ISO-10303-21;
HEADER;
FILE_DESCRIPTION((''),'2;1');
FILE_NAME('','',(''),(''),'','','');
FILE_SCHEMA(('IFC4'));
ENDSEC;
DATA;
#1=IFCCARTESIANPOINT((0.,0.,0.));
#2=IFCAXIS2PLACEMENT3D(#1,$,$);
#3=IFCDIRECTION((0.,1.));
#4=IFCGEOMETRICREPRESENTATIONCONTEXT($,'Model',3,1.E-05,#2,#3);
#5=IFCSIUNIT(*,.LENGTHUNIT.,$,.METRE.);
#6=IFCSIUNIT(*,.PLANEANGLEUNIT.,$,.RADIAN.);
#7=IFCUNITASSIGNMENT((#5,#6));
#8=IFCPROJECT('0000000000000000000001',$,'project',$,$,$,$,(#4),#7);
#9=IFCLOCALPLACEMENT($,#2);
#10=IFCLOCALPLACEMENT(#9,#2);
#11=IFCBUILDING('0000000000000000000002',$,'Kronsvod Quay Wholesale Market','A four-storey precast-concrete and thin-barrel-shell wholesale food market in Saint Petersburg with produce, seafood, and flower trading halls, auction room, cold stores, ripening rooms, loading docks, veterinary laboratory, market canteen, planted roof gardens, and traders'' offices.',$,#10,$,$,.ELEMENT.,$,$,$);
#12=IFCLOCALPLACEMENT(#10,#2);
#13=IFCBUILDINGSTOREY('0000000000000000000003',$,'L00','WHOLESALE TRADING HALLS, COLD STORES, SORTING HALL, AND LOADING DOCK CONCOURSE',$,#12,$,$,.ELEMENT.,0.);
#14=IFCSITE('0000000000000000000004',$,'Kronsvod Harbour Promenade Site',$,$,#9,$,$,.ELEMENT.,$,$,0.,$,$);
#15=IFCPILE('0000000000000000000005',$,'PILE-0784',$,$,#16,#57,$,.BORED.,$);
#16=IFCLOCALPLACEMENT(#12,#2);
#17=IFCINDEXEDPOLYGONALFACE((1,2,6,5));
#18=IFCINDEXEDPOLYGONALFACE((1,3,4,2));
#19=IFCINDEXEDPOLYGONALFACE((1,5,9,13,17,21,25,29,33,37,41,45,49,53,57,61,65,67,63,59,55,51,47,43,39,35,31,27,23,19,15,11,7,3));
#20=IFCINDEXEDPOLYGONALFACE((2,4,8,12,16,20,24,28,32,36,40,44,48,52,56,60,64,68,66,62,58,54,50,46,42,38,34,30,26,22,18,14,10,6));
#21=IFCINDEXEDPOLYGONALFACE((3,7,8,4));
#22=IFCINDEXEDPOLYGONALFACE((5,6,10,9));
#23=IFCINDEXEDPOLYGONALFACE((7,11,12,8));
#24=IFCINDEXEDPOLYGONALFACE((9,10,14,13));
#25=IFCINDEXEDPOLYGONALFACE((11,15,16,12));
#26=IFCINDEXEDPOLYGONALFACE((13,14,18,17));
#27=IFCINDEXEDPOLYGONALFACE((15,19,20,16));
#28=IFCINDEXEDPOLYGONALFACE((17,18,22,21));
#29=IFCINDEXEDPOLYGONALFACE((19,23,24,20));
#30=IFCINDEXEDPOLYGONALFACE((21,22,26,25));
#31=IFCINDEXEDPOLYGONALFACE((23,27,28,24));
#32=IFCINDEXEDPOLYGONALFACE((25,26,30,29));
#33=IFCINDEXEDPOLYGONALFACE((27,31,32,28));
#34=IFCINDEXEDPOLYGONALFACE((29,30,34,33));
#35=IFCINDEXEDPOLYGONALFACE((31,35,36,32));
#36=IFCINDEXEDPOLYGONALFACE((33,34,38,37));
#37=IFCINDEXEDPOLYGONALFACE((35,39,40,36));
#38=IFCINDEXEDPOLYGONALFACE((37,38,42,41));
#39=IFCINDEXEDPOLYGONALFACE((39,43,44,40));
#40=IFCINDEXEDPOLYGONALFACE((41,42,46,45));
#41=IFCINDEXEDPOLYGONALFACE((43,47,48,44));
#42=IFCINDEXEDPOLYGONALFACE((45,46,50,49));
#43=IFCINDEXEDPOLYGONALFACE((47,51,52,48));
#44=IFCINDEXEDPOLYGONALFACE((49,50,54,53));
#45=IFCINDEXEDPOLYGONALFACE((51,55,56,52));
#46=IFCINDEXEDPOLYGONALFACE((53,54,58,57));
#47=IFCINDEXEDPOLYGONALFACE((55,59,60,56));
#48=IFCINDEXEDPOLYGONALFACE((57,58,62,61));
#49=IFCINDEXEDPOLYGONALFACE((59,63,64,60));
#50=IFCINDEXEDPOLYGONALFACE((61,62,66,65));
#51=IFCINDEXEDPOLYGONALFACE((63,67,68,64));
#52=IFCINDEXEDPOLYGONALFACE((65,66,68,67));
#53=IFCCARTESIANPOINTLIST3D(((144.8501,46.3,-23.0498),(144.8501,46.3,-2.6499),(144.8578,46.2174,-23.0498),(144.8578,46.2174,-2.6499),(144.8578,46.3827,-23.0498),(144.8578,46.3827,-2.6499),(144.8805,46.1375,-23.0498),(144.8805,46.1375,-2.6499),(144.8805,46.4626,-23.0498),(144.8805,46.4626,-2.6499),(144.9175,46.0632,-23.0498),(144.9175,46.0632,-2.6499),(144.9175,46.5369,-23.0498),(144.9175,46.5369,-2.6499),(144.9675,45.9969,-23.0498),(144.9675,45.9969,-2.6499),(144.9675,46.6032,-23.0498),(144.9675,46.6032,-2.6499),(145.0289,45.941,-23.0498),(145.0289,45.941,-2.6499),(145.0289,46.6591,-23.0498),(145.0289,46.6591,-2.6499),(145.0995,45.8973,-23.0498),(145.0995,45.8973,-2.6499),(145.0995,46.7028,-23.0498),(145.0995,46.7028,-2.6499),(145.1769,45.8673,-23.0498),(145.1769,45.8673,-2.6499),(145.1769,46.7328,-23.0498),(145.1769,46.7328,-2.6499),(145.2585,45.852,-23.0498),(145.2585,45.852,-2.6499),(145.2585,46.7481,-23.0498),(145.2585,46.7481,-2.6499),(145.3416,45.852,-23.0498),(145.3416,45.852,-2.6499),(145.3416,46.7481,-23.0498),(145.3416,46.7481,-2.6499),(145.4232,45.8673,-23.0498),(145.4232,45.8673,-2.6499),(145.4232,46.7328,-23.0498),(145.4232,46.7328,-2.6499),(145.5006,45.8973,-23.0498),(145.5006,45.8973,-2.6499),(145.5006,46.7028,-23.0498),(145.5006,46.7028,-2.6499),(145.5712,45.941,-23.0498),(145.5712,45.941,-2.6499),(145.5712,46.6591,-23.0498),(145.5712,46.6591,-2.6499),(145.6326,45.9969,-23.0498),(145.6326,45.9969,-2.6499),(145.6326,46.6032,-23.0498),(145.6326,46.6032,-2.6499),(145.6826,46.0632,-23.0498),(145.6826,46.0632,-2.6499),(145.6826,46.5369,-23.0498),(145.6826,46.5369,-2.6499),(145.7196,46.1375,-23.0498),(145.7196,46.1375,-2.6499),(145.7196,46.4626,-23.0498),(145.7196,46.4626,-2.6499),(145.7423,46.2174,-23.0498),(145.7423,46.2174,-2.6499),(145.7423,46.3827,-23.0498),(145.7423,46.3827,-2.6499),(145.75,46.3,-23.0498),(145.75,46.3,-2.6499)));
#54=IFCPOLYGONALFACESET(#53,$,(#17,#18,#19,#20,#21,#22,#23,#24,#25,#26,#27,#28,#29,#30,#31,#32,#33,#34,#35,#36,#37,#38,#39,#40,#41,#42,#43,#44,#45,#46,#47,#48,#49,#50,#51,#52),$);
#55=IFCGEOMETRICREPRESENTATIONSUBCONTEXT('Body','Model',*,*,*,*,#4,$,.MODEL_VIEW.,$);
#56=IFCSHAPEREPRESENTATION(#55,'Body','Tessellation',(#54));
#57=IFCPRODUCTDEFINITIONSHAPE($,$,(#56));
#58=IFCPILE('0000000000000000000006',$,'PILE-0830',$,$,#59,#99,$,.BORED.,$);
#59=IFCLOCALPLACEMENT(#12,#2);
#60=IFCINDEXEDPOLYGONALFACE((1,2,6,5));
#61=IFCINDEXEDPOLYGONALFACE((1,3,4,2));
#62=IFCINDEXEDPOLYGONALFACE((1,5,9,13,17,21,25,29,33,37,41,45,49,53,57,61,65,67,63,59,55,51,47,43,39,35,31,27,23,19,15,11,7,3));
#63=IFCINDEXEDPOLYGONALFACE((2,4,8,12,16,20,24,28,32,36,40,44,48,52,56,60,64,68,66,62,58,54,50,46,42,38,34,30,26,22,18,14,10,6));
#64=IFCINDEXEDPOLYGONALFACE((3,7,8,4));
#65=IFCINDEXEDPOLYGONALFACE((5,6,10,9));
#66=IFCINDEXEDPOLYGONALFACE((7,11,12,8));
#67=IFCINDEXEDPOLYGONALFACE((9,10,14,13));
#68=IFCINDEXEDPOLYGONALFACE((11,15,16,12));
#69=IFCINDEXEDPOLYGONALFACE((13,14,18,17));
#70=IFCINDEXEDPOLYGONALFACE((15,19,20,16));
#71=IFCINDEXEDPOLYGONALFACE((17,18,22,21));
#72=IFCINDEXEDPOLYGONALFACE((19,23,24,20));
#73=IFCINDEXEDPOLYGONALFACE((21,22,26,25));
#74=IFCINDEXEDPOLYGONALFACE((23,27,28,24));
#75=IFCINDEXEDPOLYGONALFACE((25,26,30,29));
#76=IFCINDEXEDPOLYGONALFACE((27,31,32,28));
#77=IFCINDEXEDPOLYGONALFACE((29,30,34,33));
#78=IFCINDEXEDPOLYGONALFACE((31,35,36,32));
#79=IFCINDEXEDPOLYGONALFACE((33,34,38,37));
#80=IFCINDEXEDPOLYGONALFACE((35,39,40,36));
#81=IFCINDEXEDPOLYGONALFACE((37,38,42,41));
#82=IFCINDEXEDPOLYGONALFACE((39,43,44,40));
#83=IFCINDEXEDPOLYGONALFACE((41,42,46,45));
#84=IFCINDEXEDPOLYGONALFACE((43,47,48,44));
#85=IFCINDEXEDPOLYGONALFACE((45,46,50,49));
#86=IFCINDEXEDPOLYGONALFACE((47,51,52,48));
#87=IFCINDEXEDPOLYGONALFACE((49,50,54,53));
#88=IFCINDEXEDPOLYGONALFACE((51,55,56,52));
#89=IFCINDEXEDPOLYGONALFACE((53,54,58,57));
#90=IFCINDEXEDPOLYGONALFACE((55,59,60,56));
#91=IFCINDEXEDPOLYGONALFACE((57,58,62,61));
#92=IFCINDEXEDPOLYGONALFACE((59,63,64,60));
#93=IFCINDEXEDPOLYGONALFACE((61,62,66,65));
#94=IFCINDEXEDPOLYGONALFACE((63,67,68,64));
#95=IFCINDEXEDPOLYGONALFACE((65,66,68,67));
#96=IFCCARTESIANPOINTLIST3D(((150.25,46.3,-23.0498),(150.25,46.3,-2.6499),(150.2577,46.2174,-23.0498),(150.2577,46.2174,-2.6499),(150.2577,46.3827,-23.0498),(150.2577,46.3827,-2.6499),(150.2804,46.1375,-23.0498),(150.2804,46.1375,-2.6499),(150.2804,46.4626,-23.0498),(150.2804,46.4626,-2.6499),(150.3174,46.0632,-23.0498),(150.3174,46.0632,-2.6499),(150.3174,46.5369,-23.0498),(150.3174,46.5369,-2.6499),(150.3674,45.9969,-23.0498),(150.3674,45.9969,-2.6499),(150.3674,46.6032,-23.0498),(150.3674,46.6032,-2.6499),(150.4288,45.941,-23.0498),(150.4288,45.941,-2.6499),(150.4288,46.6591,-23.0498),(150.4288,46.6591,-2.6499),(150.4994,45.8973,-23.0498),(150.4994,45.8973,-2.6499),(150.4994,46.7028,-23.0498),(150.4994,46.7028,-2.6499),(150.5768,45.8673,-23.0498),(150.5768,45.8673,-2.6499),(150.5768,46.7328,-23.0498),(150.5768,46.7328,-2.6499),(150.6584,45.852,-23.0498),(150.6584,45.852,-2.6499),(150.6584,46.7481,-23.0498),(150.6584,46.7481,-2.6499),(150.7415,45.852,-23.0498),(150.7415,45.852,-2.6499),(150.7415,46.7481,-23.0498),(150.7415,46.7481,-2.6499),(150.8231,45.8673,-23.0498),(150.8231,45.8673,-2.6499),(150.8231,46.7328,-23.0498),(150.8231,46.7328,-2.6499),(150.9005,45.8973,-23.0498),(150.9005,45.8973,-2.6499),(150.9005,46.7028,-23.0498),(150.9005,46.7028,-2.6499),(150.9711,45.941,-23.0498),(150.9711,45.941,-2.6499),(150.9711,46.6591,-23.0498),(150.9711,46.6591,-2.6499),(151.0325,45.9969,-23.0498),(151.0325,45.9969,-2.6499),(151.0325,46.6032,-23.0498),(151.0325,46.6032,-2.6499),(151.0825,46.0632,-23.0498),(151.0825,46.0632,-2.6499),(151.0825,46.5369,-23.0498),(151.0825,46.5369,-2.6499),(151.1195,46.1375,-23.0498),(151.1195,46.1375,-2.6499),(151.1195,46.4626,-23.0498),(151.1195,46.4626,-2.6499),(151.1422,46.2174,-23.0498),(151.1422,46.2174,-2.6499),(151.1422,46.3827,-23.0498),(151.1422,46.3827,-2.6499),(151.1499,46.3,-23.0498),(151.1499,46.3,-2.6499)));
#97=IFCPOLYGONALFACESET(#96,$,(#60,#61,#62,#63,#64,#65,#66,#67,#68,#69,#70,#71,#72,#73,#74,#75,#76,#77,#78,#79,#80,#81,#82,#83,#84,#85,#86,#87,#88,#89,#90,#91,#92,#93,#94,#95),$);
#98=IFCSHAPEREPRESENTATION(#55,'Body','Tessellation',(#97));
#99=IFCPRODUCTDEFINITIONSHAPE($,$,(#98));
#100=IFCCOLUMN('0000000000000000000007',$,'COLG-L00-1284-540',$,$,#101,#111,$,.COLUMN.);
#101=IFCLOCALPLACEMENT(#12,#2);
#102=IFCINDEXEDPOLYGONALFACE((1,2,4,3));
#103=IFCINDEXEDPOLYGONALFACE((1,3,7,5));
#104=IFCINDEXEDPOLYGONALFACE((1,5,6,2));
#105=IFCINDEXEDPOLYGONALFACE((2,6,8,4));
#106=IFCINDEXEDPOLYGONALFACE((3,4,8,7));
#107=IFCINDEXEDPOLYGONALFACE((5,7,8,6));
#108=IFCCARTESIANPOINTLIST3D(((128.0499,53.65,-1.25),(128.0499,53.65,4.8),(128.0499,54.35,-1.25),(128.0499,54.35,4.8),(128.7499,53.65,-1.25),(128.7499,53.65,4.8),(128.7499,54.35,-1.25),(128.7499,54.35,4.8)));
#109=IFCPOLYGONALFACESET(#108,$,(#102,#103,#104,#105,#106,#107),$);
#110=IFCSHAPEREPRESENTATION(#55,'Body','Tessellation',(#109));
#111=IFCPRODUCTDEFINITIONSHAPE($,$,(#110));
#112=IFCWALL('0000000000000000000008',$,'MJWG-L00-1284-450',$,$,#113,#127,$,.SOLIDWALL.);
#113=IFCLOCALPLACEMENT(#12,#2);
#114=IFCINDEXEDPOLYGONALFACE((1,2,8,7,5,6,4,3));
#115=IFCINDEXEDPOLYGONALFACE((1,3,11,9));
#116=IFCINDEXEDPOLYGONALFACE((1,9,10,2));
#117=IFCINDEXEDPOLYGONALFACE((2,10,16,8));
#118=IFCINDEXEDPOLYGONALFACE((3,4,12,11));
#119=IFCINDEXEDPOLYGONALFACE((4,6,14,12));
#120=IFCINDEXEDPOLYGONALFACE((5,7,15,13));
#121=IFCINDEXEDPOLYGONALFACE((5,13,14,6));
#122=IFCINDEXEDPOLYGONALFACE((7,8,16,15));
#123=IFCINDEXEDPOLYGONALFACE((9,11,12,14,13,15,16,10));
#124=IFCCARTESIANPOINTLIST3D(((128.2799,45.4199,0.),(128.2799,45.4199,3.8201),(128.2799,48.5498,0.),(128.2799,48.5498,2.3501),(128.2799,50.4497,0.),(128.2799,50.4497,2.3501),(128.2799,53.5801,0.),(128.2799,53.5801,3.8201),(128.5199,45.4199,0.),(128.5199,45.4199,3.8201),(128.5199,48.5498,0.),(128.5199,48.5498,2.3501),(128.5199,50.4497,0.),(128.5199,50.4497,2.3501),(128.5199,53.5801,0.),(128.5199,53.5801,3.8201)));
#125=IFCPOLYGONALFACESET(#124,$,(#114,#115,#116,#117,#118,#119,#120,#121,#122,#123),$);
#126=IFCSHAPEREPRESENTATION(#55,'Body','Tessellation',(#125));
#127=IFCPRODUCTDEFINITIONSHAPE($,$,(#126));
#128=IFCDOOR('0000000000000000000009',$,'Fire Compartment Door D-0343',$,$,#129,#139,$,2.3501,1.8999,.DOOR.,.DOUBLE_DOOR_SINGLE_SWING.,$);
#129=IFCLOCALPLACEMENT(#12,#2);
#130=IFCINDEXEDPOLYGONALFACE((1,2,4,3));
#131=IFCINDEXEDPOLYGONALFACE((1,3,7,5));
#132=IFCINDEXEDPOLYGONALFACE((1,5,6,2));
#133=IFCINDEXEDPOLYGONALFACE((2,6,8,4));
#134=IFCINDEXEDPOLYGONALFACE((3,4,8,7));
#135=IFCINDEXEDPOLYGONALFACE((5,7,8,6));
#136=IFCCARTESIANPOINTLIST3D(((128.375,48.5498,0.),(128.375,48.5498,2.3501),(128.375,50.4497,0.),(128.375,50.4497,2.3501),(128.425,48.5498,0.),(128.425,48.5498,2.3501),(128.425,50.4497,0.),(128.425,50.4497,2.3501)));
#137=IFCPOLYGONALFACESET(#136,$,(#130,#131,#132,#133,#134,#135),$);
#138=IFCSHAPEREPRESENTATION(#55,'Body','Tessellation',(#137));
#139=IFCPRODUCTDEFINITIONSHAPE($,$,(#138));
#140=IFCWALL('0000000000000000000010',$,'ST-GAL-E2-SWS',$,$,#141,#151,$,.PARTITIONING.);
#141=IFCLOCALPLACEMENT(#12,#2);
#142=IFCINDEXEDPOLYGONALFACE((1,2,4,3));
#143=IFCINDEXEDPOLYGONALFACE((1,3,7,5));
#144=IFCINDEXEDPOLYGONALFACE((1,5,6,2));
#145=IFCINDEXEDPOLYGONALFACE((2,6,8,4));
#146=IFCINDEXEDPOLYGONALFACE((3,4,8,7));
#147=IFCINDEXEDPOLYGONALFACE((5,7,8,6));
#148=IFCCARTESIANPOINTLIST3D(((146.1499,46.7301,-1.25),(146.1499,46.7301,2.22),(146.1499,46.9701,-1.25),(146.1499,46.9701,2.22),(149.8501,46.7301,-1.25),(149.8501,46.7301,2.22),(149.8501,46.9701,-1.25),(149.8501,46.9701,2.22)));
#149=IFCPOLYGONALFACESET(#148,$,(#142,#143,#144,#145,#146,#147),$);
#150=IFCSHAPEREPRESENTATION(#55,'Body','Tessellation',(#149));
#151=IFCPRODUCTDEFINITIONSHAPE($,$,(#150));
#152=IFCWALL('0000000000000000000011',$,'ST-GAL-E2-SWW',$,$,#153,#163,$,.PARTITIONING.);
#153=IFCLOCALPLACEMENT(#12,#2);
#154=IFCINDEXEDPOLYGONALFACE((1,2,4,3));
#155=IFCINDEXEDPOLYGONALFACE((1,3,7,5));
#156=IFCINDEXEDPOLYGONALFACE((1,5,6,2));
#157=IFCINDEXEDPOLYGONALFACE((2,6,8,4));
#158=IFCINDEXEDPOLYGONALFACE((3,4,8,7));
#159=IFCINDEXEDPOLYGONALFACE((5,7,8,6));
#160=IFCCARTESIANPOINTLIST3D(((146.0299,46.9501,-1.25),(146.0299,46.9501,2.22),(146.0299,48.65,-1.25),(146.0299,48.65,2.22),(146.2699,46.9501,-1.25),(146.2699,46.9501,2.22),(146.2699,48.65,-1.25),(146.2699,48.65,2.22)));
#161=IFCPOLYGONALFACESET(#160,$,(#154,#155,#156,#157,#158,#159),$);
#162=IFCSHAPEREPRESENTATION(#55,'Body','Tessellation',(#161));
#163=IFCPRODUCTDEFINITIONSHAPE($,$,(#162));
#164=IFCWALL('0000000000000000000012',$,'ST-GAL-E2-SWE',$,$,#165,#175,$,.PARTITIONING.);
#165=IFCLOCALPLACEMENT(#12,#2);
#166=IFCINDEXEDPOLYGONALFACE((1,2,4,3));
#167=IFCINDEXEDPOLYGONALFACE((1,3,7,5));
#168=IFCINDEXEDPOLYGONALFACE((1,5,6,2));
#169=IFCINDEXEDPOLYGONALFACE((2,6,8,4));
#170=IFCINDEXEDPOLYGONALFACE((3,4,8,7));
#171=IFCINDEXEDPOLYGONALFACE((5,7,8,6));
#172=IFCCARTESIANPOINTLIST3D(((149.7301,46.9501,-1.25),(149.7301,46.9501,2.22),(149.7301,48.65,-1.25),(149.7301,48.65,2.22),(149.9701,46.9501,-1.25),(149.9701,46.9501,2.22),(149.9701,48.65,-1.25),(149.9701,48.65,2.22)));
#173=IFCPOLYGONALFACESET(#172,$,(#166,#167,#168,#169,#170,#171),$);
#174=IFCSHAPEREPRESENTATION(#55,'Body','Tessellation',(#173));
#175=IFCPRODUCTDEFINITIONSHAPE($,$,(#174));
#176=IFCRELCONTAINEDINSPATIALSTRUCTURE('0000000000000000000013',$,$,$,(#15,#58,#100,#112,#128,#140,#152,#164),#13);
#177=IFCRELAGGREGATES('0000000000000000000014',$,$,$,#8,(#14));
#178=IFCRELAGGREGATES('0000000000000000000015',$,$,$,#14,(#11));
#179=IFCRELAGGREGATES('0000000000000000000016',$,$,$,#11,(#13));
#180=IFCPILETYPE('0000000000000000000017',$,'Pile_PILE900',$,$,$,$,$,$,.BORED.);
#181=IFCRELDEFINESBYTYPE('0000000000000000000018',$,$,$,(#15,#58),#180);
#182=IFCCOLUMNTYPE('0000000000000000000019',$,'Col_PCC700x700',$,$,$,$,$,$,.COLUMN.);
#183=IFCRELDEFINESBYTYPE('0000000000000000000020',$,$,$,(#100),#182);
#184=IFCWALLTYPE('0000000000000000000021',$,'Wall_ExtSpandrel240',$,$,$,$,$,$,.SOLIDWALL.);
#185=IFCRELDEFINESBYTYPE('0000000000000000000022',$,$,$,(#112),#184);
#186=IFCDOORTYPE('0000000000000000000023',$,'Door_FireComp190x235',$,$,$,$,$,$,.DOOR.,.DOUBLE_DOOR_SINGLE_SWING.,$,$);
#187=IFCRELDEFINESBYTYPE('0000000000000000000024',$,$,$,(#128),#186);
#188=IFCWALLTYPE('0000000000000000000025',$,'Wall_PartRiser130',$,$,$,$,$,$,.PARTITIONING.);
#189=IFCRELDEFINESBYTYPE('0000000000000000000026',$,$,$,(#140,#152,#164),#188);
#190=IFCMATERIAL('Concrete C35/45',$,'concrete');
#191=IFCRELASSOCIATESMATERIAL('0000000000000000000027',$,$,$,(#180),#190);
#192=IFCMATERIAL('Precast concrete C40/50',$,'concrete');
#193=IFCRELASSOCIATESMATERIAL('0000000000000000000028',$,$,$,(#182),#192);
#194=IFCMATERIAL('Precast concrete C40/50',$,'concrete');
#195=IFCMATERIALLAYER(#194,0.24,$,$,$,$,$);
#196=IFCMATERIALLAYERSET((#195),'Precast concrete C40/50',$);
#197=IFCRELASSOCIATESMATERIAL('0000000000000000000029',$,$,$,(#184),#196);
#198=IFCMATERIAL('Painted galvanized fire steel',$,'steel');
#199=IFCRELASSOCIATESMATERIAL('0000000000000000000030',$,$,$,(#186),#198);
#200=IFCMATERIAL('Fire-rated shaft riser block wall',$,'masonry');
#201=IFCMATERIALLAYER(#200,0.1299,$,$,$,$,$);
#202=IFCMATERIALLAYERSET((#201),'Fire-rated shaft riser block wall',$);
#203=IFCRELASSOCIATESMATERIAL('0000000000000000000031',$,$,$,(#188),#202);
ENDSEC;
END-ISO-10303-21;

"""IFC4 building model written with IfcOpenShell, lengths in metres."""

from ifc_helpers import new_model, si_unit, direction, frame, frame_2d, origin, origin_2d, place, context, subcontext, project, spatial, rectangle, circle, extrude, material, layer, layer_set, material_profile, profile_set, type_object, element, fill, save


model = new_model("IFC4")

# Units and contexts
model_context = context("Model", 3, precision=1e-05, world=origin(), true_north=direction((0.0, 1.0)))
body_context = subcontext(model_context, "Body", "Model", "MODEL_VIEW")
ifc_project = project(units=[si_unit("LENGTHUNIT", "METRE"), si_unit("PLANEANGLEUNIT", "RADIAN")], contexts=[model_context])

# Site, building, storey
site_placement = place(None, origin())
site = spatial("IfcSite", under=ifc_project, at=site_placement, Name="Kronsvod Harbour Promenade Site", CompositionType="ELEMENT", RefElevation=0.0)
building_placement = place(site_placement, origin())
building = spatial("IfcBuilding", under=site, at=building_placement, Name="Kronsvod Quay Wholesale Market", Description="A four-storey precast-concrete and thin-barrel-shell wholesale food market in Saint Petersburg with produce, seafood, and flower trading halls, auction room, cold stores, ripening rooms, loading docks, veterinary laboratory, market canteen, planted roof gardens, and traders' offices.", CompositionType="ELEMENT")
storey_placement = place(building_placement, origin())
storey = spatial("IfcBuildingStorey", under=building, at=storey_placement, Name="L00", Description="WHOLESALE TRADING HALLS, COLD STORES, SORTING HALL, AND LOADING DOCK CONCOURSE", CompositionType="ELEMENT", Elevation=0.0)

# Piles
ifc_material_1 = material(Name="Concrete C35/45", Category="concrete")
ifc_material_profile_1 = material_profile(ifc_material_1, circle(Radius=0.45, at=origin_2d()), Name="PILE900")
ifc_profile_set_1 = profile_set([ifc_material_profile_1], Name="Concrete C35/45")
pile_type_1 = type_object("IfcPileType", Name="Pile_PILE900", PredefinedType="BORED", material=ifc_profile_set_1)
for number, where, z_axis, x_axis, name in (
    (1, (145.3, 46.3, -2.6499), (0.0, 0.0, -1.0), (1.0, 0.0, 0.0), "PILE-0784"),
    (2, (150.7, 46.3, -2.6499), (0.0, 0.0, -1.0), (1.0, 0.0, 0.0), "PILE-0830"),
):
    element("IfcPile", number, at=place(storey_placement, frame(where, z_axis=z_axis, x_axis=x_axis)), inside=storey, type_object=pile_type_1, Name=name, PredefinedType="BORED", context=body_context, shape_type="SweptSolid", body=[
        extrude(circle(Radius=0.45, at=origin_2d()), origin(), (0.0, 0.0, 1.0), 20.3999),
    ])

# Column
ifc_material_2 = material(Name="Precast concrete C40/50", Category="concrete")
ifc_material_profile_2 = material_profile(ifc_material_2, rectangle(XDim=0.7, YDim=0.7, at=origin_2d()), Name="PCC700x700")
ifc_profile_set_2 = profile_set([ifc_material_profile_2], Name="Precast concrete C40/50")
column_type = type_object("IfcColumnType", Name="Col_PCC700x700", PredefinedType="COLUMN", material=ifc_profile_set_2)
column_placement = place(storey_placement, frame((128.3999, 54.0, -1.25), z_axis=(0.0, 0.0, 1.0), x_axis=(1.0, 0.0, 0.0)))
element("IfcColumn", 3, at=column_placement, inside=storey, type_object=column_type, Name="COLG-L00-1284-540", PredefinedType="COLUMN", context=body_context, shape_type="SweptSolid", body=[
    extrude(rectangle(XDim=0.7, YDim=0.7, at=origin_2d()), origin(), (0.0, 0.0, 1.0), 6.05),
])

# Wall, opening, door
ifc_material_3 = material(Name="Precast concrete C40/50", Category="concrete")
ifc_layer_1 = layer(ifc_material_3, 0.24)
ifc_layer_set_1 = layer_set([ifc_layer_1], Name="Precast concrete C40/50")
wall_type_1 = type_object("IfcWallType", Name="Wall_ExtSpandrel240", PredefinedType="SOLIDWALL", material=ifc_layer_set_1)
wall_1_placement = place(storey_placement, frame((128.3999, 45.4199, 0.0), z_axis=(0.0, 0.0, 1.0), x_axis=(0.0, 1.0, 0.0)))
wall_1 = element("IfcWall", 4, at=wall_1_placement, inside=storey, type_object=wall_type_1, Name="MJWG-L00-1284-450", PredefinedType="SOLIDWALL", context=body_context, shape_type="SweptSolid", body=[
    extrude(rectangle(XDim=8.1602, YDim=0.24, at=frame_2d((4.0801, 0.0))), origin(), (0.0, 0.0, 1.0), 3.8201),
])
opening_placement = place(wall_1_placement, frame((3.1299, 0.0, 0.0)))
opening = element("IfcOpeningElement", 5, at=opening_placement, cuts=wall_1, PredefinedType="OPENING", context=body_context, shape_type="SweptSolid", body=[
    extrude(rectangle(XDim=1.8999, YDim=2.3501, at=frame_2d((0.95, 1.175))), frame((0.0, 0.1299, 0.0), z_axis=(0.0, -1.0, 0.0), x_axis=(1.0, 0.0, 0.0)), (0.0, 0.0, 1.0), 0.26),
])
ifc_material_4 = material(Name="Painted galvanized fire steel", Category="steel")
door_type = type_object("IfcDoorType", Name="Door_FireComp190x235", OperationType="DOUBLE_DOOR_SINGLE_SWING", PredefinedType="DOOR", material=ifc_material_4)
door_placement = place(opening_placement, origin())
door = element("IfcDoor", 6, at=door_placement, inside=storey, type_object=door_type, Name="Fire Compartment Door D-0343", OperationType="DOUBLE_DOOR_SINGLE_SWING", OverallHeight=2.3501, OverallWidth=1.8999, PredefinedType="DOOR", context=body_context, shape_type="SweptSolid", body=[
    extrude(rectangle(XDim=1.8999, YDim=2.3501, at=frame_2d((0.95, 1.175))), frame((0.0, 0.0249, 0.0), z_axis=(0.0, -1.0, 0.0), x_axis=(1.0, 0.0, 0.0)), (0.0, 0.0, 1.0), 0.05),
])
fill(opening, door)

# Walls
ifc_material_5 = material(Name="Fire-rated shaft riser block wall", Category="masonry")
ifc_layer_2 = layer(ifc_material_5, 0.1299)
ifc_layer_set_2 = layer_set([ifc_layer_2], Name="Fire-rated shaft riser block wall")
wall_type_2 = type_object("IfcWallType", Name="Wall_PartRiser130", PredefinedType="PARTITIONING", material=ifc_layer_set_2)
wall_2_placement = place(storey_placement, frame((146.1499, 46.8501, -1.25), z_axis=(0.0, 0.0, 1.0), x_axis=(1.0, 0.0, 0.0)))
element("IfcWall", 7, at=wall_2_placement, inside=storey, type_object=wall_type_2, Name="ST-GAL-E2-SWS", PredefinedType="PARTITIONING", context=body_context, shape_type="SweptSolid", body=[
    extrude(rectangle(XDim=3.7002, YDim=0.24, at=frame_2d((1.8501, 0.0))), origin(), (0.0, 0.0, 1.0), 3.47),
])
for number, where, z_axis, x_axis, name in (
    (8, (146.1499, 46.95, -1.25), (0.0, 0.0, 1.0), (0.0, 1.0, 0.0), "ST-GAL-E2-SWW"),
    (9, (149.8501, 46.95, -1.25), (0.0, 0.0, 1.0), (0.0, 1.0, 0.0), "ST-GAL-E2-SWE"),
):
    element("IfcWall", number, at=place(storey_placement, frame(where, z_axis=z_axis, x_axis=x_axis)), inside=storey, type_object=wall_type_2, Name=name, PredefinedType="PARTITIONING", context=body_context, shape_type="SweptSolid", body=[
        extrude(rectangle(XDim=1.7, YDim=0.24, at=frame_2d((0.8501, 0.0))), origin(), (0.0, 0.0, 1.0), 3.47),
    ])

save(model, "model.ifc")
